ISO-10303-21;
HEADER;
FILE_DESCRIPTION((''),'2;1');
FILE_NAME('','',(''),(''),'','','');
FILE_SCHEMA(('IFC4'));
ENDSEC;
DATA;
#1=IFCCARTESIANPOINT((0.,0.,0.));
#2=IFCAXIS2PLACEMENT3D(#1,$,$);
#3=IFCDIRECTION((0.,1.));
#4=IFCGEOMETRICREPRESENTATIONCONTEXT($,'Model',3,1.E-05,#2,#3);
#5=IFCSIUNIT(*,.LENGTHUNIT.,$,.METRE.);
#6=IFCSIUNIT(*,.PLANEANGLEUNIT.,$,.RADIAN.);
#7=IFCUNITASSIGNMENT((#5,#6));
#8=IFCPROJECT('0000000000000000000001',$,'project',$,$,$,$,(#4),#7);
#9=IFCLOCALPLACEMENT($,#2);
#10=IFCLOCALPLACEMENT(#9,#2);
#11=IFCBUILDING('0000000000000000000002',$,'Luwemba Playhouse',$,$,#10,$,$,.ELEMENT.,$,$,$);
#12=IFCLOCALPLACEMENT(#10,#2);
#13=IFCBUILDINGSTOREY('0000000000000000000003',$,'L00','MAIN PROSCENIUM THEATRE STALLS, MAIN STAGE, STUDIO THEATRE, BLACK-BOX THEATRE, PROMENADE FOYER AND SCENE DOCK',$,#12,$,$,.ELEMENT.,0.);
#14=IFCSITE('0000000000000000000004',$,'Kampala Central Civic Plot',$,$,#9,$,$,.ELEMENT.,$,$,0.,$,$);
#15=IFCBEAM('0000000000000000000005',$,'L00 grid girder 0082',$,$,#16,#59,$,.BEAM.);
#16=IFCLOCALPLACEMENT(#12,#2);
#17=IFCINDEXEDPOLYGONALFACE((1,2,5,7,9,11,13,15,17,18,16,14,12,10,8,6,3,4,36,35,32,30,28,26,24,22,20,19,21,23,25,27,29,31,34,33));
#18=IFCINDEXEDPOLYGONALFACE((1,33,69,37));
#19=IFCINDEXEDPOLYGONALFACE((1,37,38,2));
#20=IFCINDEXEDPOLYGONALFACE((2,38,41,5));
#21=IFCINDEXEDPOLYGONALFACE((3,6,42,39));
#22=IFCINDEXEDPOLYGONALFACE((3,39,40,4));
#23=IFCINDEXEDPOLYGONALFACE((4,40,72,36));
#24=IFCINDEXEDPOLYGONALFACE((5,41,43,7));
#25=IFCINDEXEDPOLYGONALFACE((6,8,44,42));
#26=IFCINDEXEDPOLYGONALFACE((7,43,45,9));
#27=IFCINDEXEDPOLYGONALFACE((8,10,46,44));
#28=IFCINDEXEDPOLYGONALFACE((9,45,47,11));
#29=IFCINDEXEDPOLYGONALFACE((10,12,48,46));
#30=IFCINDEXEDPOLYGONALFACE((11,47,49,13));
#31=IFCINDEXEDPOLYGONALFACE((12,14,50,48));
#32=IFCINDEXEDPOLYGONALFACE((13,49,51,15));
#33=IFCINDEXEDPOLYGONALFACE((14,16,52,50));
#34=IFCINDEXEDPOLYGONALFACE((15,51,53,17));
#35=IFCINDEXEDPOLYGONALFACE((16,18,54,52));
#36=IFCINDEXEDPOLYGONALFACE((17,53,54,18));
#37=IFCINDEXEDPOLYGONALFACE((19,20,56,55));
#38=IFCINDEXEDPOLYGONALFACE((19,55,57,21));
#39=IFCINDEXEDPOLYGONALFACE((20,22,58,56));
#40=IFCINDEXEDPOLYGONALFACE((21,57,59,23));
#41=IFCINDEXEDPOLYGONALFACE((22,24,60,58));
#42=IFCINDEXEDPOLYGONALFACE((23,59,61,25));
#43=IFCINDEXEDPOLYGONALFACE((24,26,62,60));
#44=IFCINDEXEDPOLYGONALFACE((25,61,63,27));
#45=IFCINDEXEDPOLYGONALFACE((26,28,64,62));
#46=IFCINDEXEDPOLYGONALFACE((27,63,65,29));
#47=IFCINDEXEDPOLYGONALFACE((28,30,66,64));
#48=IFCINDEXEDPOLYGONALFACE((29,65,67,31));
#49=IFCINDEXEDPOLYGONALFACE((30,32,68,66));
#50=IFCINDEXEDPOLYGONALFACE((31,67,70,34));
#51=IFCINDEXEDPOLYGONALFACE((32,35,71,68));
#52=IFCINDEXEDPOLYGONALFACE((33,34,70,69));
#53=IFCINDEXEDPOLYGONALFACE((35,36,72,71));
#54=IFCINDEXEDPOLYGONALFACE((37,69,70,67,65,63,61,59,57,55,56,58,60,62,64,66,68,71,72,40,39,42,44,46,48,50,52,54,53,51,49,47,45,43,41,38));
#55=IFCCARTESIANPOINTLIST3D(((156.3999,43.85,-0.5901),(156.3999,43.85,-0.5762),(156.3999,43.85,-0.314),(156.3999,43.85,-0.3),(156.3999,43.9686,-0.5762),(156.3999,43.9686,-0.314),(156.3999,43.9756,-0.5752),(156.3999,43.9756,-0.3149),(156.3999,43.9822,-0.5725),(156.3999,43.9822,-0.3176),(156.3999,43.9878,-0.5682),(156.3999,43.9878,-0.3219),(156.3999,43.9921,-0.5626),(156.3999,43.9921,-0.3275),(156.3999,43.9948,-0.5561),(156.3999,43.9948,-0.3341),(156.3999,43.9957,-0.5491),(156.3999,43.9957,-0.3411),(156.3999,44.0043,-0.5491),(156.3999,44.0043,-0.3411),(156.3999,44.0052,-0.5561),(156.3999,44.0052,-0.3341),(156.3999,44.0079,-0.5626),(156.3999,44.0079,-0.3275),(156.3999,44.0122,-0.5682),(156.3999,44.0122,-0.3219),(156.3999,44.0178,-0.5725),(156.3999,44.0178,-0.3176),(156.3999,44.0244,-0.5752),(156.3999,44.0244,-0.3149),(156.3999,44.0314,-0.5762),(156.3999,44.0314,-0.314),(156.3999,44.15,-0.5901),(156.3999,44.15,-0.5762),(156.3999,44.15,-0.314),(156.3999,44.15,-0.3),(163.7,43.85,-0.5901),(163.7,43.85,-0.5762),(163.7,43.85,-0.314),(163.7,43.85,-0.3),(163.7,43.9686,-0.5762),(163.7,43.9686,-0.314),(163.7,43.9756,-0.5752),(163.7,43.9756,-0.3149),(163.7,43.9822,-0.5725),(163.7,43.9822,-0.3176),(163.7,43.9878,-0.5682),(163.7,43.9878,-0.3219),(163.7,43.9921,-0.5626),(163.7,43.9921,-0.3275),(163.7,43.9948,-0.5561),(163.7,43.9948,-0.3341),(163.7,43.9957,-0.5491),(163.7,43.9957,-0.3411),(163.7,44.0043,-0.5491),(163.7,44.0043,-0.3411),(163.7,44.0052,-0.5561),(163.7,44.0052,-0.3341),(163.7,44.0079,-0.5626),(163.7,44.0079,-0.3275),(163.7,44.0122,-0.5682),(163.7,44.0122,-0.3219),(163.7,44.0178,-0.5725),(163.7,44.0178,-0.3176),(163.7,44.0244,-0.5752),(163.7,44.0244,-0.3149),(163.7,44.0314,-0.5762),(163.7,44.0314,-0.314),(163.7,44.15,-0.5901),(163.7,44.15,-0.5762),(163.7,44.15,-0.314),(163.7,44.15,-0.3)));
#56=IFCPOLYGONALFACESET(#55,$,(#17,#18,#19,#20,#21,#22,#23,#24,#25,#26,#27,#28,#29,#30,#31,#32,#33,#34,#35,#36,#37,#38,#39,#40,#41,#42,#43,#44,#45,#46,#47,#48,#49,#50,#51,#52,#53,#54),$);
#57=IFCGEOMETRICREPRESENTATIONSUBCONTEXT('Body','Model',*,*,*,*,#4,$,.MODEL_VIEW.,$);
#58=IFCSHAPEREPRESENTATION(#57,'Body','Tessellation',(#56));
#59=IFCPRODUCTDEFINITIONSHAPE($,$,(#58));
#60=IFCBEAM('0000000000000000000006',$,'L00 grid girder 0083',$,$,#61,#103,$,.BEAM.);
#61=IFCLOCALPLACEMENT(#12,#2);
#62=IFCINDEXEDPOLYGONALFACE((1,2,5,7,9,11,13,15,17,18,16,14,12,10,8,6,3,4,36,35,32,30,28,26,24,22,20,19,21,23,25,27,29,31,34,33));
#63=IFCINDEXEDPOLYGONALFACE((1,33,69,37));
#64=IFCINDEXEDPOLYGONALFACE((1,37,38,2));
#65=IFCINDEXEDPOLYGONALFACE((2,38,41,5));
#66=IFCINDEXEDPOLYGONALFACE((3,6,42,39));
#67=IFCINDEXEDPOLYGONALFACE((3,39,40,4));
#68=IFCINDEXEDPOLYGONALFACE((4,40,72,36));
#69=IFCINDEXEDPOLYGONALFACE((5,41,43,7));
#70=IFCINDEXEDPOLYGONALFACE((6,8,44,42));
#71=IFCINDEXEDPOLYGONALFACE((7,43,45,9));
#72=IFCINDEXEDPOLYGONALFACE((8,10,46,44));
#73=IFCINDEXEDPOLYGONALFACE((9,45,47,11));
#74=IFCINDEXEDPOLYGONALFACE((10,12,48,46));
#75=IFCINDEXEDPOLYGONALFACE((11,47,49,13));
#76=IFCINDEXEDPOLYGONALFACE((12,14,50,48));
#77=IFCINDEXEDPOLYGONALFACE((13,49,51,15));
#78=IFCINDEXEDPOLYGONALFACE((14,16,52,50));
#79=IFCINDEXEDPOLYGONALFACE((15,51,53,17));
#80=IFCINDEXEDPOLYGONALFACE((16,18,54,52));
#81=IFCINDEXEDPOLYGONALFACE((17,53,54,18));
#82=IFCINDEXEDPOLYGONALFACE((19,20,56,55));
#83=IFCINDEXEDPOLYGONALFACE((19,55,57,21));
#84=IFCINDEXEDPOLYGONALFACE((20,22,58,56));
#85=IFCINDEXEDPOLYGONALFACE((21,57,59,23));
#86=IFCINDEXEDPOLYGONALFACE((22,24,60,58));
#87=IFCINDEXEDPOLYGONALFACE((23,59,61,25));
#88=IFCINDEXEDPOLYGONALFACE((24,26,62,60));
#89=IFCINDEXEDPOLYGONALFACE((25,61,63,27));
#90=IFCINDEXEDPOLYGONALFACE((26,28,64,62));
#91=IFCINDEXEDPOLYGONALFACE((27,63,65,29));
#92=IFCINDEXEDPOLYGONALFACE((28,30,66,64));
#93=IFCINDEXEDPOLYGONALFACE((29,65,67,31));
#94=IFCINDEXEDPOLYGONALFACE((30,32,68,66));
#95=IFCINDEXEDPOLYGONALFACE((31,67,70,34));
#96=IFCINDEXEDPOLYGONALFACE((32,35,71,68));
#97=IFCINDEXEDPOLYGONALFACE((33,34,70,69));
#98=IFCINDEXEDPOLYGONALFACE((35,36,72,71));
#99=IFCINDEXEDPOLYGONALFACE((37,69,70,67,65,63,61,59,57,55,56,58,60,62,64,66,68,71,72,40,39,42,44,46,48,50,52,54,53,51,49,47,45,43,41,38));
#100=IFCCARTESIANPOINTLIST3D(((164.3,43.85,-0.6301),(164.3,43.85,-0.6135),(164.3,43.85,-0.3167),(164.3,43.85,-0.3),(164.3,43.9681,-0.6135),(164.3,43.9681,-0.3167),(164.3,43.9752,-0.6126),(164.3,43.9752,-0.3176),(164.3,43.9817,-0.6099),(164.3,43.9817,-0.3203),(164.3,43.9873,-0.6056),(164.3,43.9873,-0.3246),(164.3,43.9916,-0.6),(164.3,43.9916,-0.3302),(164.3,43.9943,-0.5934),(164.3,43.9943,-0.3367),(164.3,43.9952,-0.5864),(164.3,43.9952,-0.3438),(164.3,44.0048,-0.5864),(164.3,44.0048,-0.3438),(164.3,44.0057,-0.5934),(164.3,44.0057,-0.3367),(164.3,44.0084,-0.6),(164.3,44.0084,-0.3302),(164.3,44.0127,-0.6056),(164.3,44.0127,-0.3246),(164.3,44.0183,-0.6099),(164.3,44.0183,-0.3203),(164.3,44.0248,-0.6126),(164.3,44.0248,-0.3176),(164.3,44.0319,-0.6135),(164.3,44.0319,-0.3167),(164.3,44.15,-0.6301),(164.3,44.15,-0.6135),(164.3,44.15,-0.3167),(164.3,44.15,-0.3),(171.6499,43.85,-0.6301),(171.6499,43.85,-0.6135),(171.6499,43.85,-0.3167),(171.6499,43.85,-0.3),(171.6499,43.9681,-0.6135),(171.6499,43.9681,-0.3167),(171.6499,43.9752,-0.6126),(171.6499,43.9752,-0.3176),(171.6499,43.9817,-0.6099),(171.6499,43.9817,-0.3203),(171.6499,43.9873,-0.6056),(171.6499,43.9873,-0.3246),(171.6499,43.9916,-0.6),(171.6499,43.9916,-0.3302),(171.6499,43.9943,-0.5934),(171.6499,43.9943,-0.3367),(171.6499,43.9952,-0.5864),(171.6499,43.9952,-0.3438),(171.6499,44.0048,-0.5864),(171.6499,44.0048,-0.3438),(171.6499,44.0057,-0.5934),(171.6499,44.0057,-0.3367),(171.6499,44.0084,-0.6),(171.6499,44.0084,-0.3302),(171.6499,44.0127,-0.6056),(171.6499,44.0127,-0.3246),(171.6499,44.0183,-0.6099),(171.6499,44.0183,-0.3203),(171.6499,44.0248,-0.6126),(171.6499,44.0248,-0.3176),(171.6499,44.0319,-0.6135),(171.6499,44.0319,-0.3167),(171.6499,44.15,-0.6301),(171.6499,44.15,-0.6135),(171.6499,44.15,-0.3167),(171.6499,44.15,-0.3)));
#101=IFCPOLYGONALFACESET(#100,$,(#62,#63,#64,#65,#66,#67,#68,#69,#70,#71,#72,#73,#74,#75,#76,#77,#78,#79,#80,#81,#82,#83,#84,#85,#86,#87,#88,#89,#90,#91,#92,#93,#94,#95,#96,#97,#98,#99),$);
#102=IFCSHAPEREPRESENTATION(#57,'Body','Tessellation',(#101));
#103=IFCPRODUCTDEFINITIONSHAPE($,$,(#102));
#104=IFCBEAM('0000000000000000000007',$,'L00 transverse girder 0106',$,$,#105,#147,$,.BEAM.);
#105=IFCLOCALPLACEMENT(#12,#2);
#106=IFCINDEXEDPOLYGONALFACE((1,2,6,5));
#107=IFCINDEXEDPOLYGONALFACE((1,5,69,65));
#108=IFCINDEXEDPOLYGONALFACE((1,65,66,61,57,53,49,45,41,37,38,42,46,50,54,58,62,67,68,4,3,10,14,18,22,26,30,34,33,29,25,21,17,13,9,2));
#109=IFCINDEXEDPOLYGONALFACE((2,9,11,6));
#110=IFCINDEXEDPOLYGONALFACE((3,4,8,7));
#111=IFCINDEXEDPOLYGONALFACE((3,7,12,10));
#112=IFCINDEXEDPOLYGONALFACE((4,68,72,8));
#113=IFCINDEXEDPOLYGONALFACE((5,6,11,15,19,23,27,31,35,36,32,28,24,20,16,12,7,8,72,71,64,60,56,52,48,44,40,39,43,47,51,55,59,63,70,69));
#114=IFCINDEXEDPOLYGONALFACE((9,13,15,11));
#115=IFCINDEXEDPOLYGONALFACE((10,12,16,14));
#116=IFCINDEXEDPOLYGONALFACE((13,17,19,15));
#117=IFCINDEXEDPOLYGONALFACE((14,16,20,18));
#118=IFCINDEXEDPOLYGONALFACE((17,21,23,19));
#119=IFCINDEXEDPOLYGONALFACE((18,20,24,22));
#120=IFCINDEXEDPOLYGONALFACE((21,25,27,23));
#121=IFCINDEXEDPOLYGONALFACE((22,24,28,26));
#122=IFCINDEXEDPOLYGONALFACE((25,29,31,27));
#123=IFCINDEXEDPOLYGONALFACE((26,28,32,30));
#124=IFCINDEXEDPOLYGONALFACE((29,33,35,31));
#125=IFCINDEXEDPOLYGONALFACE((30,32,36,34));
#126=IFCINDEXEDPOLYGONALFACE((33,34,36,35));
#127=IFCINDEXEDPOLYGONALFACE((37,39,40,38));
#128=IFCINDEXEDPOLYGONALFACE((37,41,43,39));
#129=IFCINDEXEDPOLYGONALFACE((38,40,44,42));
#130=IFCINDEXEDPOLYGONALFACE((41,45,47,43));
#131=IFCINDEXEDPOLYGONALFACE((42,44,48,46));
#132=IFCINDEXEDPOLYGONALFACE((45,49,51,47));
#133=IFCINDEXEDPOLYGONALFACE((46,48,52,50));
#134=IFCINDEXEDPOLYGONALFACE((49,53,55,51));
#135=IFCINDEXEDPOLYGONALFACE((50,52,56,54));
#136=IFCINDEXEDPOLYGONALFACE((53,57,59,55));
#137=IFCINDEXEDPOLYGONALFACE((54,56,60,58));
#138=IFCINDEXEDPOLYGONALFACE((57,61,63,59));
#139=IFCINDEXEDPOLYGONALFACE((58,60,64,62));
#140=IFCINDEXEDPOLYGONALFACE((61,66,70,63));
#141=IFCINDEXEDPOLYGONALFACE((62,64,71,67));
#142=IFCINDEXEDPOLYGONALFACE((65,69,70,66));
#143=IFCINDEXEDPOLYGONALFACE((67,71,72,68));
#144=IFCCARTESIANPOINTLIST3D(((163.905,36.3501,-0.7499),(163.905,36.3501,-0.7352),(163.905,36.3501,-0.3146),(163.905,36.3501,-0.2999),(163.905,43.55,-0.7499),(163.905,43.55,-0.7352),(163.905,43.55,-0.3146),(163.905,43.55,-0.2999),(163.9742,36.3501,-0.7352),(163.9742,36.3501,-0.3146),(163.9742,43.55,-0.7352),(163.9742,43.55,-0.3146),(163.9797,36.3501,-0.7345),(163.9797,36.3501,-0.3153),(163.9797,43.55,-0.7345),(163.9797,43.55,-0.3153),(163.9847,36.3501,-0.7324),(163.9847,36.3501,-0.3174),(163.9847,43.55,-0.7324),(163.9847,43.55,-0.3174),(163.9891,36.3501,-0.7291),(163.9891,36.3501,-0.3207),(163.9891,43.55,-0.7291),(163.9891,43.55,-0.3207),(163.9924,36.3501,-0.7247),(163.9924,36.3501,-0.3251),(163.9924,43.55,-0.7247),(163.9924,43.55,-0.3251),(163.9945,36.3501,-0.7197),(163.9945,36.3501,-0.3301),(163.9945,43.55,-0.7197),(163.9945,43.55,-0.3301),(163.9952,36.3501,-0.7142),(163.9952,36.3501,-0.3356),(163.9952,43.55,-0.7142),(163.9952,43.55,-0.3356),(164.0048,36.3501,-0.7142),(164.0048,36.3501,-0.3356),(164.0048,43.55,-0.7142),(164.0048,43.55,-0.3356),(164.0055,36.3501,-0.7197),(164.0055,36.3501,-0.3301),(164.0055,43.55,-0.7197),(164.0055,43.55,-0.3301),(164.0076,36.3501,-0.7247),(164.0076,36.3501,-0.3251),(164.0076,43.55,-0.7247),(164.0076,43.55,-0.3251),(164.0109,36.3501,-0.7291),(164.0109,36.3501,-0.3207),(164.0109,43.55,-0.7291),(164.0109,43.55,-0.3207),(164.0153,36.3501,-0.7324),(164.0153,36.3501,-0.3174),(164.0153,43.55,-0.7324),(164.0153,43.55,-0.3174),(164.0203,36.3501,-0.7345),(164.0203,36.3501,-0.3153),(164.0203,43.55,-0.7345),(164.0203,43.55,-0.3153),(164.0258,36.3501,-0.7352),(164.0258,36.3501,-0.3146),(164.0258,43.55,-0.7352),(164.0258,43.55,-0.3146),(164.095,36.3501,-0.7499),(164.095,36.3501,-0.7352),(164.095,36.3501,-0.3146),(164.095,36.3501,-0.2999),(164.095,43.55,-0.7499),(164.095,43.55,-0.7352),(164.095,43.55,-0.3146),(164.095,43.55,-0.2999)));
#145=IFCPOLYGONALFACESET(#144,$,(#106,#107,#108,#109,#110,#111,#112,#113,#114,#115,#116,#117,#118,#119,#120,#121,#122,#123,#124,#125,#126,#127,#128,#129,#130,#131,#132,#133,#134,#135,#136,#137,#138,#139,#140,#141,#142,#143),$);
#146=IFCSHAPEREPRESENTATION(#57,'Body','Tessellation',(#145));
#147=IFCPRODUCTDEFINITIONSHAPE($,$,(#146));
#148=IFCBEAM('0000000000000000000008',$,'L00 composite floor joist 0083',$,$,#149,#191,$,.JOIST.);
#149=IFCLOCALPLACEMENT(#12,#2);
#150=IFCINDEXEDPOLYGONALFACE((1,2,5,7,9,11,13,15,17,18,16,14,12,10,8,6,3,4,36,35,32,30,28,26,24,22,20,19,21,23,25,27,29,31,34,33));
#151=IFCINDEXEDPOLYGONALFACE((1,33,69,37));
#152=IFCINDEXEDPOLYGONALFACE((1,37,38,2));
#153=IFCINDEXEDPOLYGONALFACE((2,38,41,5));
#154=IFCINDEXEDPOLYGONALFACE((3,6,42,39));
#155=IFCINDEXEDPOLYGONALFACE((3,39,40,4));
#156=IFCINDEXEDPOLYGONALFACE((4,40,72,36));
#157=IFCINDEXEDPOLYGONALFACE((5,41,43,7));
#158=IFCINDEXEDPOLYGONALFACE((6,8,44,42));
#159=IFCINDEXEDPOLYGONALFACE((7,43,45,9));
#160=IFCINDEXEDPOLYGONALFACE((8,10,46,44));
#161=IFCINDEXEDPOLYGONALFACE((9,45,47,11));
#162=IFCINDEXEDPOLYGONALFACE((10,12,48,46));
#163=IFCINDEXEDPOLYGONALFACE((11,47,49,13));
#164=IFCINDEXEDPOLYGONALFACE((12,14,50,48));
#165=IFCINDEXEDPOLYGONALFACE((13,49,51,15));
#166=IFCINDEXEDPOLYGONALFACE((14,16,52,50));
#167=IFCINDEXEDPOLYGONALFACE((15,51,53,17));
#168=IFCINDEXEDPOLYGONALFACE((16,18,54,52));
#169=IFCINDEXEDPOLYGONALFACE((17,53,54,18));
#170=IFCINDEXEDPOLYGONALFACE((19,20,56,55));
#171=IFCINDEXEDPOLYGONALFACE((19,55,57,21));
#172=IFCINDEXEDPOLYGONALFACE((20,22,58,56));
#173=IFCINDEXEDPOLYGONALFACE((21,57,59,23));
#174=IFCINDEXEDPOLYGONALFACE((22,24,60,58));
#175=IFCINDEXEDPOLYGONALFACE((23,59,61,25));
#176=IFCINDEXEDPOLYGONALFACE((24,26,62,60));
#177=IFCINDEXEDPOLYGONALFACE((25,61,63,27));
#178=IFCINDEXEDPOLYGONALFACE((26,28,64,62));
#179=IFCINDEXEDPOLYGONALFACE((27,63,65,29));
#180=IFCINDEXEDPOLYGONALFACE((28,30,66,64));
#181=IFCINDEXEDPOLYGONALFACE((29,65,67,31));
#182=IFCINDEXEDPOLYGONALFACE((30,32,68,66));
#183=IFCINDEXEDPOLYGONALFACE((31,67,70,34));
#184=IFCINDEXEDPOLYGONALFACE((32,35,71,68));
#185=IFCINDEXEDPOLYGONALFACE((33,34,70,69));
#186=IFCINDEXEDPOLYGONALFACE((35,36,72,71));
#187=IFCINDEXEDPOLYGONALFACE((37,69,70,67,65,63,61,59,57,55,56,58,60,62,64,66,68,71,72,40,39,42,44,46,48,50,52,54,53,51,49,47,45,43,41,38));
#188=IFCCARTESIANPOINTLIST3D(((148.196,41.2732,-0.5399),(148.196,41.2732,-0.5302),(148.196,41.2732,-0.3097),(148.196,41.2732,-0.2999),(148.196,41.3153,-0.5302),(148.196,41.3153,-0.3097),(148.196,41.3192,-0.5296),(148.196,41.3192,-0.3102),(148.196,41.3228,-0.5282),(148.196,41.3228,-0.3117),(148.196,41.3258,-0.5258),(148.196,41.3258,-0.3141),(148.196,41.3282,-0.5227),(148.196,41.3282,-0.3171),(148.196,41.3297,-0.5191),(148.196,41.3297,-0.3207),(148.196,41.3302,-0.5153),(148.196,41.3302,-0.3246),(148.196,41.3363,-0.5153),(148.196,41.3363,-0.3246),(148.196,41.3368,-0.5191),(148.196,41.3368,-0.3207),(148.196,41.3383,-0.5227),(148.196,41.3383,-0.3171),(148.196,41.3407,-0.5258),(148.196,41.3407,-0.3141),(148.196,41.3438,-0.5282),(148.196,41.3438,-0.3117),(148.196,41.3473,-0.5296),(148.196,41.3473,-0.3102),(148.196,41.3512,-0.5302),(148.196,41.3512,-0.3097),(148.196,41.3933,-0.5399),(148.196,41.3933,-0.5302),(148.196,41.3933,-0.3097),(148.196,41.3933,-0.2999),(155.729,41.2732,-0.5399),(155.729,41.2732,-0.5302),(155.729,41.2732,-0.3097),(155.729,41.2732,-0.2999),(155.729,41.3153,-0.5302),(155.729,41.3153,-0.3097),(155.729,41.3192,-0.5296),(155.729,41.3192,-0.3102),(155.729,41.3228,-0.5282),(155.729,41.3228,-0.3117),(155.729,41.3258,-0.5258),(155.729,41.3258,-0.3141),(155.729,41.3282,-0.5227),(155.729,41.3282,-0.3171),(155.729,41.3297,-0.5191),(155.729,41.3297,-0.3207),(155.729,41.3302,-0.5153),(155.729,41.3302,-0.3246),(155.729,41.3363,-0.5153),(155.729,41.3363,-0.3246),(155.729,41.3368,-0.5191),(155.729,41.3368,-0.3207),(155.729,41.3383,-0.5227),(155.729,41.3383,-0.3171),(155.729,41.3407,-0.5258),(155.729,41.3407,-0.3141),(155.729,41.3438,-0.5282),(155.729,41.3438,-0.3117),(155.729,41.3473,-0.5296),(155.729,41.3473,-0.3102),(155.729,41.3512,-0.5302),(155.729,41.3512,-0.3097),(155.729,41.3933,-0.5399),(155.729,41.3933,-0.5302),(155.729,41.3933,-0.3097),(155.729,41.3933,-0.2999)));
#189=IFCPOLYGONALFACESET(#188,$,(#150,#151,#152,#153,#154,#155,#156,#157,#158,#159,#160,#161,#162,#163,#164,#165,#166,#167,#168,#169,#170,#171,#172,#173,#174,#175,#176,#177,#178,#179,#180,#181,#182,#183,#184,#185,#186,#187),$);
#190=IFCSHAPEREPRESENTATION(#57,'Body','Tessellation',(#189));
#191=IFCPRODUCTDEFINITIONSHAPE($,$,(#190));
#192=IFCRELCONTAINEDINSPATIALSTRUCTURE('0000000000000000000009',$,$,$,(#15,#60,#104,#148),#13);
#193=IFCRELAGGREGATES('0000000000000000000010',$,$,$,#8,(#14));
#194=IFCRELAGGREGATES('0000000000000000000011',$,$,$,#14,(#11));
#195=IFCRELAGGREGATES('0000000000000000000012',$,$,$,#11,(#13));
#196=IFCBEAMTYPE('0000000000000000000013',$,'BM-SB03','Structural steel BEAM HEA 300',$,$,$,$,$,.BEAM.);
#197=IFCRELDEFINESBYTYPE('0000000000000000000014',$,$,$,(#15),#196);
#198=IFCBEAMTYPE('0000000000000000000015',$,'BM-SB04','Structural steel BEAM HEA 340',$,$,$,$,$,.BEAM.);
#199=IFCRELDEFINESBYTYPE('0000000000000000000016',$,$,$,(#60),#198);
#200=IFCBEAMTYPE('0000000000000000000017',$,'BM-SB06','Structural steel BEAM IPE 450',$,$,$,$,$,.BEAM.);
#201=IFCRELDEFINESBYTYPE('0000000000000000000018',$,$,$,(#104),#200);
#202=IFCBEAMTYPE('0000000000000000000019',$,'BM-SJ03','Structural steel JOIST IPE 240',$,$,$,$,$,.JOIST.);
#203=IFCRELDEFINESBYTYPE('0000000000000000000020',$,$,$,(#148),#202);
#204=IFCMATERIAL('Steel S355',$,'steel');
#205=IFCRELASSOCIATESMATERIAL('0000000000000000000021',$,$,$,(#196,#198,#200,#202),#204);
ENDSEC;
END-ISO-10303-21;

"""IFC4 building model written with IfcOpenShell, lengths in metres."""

from ifc_helpers import new_model, si_unit, direction, frame, origin, origin_2d, place, context, subcontext, project, spatial, i_section, extrude, material, material_profile, profile_set, type_object, element, save


model = new_model("IFC4")

# Units and contexts
model_context = context("Model", 3, precision=1e-05, world=origin(), true_north=direction((0.0, 1.0)))
body_context = subcontext(model_context, "Body", "Model", "MODEL_VIEW")
ifc_project = project(units=[si_unit("LENGTHUNIT", "METRE"), si_unit("PLANEANGLEUNIT", "RADIAN")], contexts=[model_context])

# Site, building, storey
site_placement = place(None, origin())
site = spatial("IfcSite", under=ifc_project, at=site_placement, Name="Kampala Central Civic Plot", CompositionType="ELEMENT", RefElevation=0.0)
building_placement = place(site_placement, origin())
building = spatial("IfcBuilding", under=site, at=building_placement, Name="Luwemba Playhouse", CompositionType="ELEMENT")
storey_placement = place(building_placement, origin())
storey = spatial("IfcBuildingStorey", under=building, at=storey_placement, Name="L00", Description="MAIN PROSCENIUM THEATRE STALLS, MAIN STAGE, STUDIO THEATRE, BLACK-BOX THEATRE, PROMENADE FOYER AND SCENE DOCK", CompositionType="ELEMENT", Elevation=0.0)

# Beams
ifc_material_1 = material(Name="Steel S355", Category="steel")
ifc_material_profile_1 = material_profile(ifc_material_1, i_section(OverallWidth=0.3, OverallDepth=0.29, WebThickness=0.0085, FlangeThickness=0.0139, FilletRadius=0.0271, at=origin_2d()))
ifc_profile_set_1 = profile_set([ifc_material_profile_1], Name="Steel S355")
beam_type_1 = type_object("IfcBeamType", Name="BM-SB03", Description="Structural steel BEAM HEA 300", PredefinedType="BEAM", material=ifc_profile_set_1)
beam_1_placement = place(storey_placement, frame((156.3999, 44.0, -0.4451), z_axis=(1.0, 0.0, 0.0), x_axis=(0.0, 1.0, 0.0)))
element("IfcBeam", 1, at=beam_1_placement, inside=storey, type_object=beam_type_1, Name="L00 grid girder 0082", PredefinedType="BEAM", context=body_context, shape_type="SweptSolid", body=[
    extrude(i_section(OverallWidth=0.3, OverallDepth=0.29, WebThickness=0.0085, FlangeThickness=0.0139, FilletRadius=0.0271, at=origin_2d()), origin(), (0.0, 0.0, 1.0), 7.3),
])
ifc_material_profile_2 = material_profile(ifc_material_1, i_section(OverallWidth=0.3, OverallDepth=0.3301, WebThickness=0.0095, FlangeThickness=0.0166, FilletRadius=0.0271, at=origin_2d()))
ifc_profile_set_2 = profile_set([ifc_material_profile_2], Name="Steel S355")
beam_type_2 = type_object("IfcBeamType", Name="BM-SB04", Description="Structural steel BEAM HEA 340", PredefinedType="BEAM", material=ifc_profile_set_2)
beam_2_placement = place(storey_placement, frame((164.3, 44.0, -0.4651), z_axis=(1.0, 0.0, 0.0), x_axis=(0.0, 1.0, 0.0)))
element("IfcBeam", 2, at=beam_2_placement, inside=storey, type_object=beam_type_2, Name="L00 grid girder 0083", PredefinedType="BEAM", context=body_context, shape_type="SweptSolid", body=[
    extrude(i_section(OverallWidth=0.3, OverallDepth=0.3301, WebThickness=0.0095, FlangeThickness=0.0166, FilletRadius=0.0271, at=origin_2d()), origin(), (0.0, 0.0, 1.0), 7.3499),
])
ifc_material_profile_3 = material_profile(ifc_material_1, i_section(OverallWidth=0.1899, OverallDepth=0.45, WebThickness=0.0095, FlangeThickness=0.0146, FilletRadius=0.021, at=origin_2d()))
ifc_profile_set_3 = profile_set([ifc_material_profile_3], Name="Steel S355")
beam_type_3 = type_object("IfcBeamType", Name="BM-SB06", Description="Structural steel BEAM IPE 450", PredefinedType="BEAM", material=ifc_profile_set_3)
beam_3_placement = place(storey_placement, frame((164.0, 36.3501, -0.5249), z_axis=(0.0, 1.0, 0.0), x_axis=(-1.0, 0.0, 0.0)))
element("IfcBeam", 3, at=beam_3_placement, inside=storey, type_object=beam_type_3, Name="L00 transverse girder 0106", PredefinedType="BEAM", context=body_context, shape_type="SweptSolid", body=[
    extrude(i_section(OverallWidth=0.1899, OverallDepth=0.45, WebThickness=0.0095, FlangeThickness=0.0146, FilletRadius=0.021, at=origin_2d()), origin(), (0.0, 0.0, 1.0), 7.2),
])
ifc_material_profile_4 = material_profile(ifc_material_1, i_section(OverallWidth=0.1201, OverallDepth=0.24, WebThickness=0.0061, FlangeThickness=0.0098, FilletRadius=0.0149, at=origin_2d()))
ifc_profile_set_4 = profile_set([ifc_material_profile_4], Name="Steel S355")
beam_type_4 = type_object("IfcBeamType", Name="BM-SJ03", Description="Structural steel JOIST IPE 240", PredefinedType="JOIST", material=ifc_profile_set_4)
beam_4_placement = place(storey_placement, frame((148.196, 41.3333, -0.4199), z_axis=(1.0, 0.0, 0.0), x_axis=(0.0, 1.0, 0.0)))
element("IfcBeam", 4, at=beam_4_placement, inside=storey, type_object=beam_type_4, Name="L00 composite floor joist 0083", PredefinedType="JOIST", context=body_context, shape_type="SweptSolid", body=[
    extrude(i_section(OverallWidth=0.1201, OverallDepth=0.24, WebThickness=0.0061, FlangeThickness=0.0098, FilletRadius=0.0149, at=origin_2d()), origin(), (0.0, 0.0, 1.0), 7.533),
])

save(model, "model.ifc")
